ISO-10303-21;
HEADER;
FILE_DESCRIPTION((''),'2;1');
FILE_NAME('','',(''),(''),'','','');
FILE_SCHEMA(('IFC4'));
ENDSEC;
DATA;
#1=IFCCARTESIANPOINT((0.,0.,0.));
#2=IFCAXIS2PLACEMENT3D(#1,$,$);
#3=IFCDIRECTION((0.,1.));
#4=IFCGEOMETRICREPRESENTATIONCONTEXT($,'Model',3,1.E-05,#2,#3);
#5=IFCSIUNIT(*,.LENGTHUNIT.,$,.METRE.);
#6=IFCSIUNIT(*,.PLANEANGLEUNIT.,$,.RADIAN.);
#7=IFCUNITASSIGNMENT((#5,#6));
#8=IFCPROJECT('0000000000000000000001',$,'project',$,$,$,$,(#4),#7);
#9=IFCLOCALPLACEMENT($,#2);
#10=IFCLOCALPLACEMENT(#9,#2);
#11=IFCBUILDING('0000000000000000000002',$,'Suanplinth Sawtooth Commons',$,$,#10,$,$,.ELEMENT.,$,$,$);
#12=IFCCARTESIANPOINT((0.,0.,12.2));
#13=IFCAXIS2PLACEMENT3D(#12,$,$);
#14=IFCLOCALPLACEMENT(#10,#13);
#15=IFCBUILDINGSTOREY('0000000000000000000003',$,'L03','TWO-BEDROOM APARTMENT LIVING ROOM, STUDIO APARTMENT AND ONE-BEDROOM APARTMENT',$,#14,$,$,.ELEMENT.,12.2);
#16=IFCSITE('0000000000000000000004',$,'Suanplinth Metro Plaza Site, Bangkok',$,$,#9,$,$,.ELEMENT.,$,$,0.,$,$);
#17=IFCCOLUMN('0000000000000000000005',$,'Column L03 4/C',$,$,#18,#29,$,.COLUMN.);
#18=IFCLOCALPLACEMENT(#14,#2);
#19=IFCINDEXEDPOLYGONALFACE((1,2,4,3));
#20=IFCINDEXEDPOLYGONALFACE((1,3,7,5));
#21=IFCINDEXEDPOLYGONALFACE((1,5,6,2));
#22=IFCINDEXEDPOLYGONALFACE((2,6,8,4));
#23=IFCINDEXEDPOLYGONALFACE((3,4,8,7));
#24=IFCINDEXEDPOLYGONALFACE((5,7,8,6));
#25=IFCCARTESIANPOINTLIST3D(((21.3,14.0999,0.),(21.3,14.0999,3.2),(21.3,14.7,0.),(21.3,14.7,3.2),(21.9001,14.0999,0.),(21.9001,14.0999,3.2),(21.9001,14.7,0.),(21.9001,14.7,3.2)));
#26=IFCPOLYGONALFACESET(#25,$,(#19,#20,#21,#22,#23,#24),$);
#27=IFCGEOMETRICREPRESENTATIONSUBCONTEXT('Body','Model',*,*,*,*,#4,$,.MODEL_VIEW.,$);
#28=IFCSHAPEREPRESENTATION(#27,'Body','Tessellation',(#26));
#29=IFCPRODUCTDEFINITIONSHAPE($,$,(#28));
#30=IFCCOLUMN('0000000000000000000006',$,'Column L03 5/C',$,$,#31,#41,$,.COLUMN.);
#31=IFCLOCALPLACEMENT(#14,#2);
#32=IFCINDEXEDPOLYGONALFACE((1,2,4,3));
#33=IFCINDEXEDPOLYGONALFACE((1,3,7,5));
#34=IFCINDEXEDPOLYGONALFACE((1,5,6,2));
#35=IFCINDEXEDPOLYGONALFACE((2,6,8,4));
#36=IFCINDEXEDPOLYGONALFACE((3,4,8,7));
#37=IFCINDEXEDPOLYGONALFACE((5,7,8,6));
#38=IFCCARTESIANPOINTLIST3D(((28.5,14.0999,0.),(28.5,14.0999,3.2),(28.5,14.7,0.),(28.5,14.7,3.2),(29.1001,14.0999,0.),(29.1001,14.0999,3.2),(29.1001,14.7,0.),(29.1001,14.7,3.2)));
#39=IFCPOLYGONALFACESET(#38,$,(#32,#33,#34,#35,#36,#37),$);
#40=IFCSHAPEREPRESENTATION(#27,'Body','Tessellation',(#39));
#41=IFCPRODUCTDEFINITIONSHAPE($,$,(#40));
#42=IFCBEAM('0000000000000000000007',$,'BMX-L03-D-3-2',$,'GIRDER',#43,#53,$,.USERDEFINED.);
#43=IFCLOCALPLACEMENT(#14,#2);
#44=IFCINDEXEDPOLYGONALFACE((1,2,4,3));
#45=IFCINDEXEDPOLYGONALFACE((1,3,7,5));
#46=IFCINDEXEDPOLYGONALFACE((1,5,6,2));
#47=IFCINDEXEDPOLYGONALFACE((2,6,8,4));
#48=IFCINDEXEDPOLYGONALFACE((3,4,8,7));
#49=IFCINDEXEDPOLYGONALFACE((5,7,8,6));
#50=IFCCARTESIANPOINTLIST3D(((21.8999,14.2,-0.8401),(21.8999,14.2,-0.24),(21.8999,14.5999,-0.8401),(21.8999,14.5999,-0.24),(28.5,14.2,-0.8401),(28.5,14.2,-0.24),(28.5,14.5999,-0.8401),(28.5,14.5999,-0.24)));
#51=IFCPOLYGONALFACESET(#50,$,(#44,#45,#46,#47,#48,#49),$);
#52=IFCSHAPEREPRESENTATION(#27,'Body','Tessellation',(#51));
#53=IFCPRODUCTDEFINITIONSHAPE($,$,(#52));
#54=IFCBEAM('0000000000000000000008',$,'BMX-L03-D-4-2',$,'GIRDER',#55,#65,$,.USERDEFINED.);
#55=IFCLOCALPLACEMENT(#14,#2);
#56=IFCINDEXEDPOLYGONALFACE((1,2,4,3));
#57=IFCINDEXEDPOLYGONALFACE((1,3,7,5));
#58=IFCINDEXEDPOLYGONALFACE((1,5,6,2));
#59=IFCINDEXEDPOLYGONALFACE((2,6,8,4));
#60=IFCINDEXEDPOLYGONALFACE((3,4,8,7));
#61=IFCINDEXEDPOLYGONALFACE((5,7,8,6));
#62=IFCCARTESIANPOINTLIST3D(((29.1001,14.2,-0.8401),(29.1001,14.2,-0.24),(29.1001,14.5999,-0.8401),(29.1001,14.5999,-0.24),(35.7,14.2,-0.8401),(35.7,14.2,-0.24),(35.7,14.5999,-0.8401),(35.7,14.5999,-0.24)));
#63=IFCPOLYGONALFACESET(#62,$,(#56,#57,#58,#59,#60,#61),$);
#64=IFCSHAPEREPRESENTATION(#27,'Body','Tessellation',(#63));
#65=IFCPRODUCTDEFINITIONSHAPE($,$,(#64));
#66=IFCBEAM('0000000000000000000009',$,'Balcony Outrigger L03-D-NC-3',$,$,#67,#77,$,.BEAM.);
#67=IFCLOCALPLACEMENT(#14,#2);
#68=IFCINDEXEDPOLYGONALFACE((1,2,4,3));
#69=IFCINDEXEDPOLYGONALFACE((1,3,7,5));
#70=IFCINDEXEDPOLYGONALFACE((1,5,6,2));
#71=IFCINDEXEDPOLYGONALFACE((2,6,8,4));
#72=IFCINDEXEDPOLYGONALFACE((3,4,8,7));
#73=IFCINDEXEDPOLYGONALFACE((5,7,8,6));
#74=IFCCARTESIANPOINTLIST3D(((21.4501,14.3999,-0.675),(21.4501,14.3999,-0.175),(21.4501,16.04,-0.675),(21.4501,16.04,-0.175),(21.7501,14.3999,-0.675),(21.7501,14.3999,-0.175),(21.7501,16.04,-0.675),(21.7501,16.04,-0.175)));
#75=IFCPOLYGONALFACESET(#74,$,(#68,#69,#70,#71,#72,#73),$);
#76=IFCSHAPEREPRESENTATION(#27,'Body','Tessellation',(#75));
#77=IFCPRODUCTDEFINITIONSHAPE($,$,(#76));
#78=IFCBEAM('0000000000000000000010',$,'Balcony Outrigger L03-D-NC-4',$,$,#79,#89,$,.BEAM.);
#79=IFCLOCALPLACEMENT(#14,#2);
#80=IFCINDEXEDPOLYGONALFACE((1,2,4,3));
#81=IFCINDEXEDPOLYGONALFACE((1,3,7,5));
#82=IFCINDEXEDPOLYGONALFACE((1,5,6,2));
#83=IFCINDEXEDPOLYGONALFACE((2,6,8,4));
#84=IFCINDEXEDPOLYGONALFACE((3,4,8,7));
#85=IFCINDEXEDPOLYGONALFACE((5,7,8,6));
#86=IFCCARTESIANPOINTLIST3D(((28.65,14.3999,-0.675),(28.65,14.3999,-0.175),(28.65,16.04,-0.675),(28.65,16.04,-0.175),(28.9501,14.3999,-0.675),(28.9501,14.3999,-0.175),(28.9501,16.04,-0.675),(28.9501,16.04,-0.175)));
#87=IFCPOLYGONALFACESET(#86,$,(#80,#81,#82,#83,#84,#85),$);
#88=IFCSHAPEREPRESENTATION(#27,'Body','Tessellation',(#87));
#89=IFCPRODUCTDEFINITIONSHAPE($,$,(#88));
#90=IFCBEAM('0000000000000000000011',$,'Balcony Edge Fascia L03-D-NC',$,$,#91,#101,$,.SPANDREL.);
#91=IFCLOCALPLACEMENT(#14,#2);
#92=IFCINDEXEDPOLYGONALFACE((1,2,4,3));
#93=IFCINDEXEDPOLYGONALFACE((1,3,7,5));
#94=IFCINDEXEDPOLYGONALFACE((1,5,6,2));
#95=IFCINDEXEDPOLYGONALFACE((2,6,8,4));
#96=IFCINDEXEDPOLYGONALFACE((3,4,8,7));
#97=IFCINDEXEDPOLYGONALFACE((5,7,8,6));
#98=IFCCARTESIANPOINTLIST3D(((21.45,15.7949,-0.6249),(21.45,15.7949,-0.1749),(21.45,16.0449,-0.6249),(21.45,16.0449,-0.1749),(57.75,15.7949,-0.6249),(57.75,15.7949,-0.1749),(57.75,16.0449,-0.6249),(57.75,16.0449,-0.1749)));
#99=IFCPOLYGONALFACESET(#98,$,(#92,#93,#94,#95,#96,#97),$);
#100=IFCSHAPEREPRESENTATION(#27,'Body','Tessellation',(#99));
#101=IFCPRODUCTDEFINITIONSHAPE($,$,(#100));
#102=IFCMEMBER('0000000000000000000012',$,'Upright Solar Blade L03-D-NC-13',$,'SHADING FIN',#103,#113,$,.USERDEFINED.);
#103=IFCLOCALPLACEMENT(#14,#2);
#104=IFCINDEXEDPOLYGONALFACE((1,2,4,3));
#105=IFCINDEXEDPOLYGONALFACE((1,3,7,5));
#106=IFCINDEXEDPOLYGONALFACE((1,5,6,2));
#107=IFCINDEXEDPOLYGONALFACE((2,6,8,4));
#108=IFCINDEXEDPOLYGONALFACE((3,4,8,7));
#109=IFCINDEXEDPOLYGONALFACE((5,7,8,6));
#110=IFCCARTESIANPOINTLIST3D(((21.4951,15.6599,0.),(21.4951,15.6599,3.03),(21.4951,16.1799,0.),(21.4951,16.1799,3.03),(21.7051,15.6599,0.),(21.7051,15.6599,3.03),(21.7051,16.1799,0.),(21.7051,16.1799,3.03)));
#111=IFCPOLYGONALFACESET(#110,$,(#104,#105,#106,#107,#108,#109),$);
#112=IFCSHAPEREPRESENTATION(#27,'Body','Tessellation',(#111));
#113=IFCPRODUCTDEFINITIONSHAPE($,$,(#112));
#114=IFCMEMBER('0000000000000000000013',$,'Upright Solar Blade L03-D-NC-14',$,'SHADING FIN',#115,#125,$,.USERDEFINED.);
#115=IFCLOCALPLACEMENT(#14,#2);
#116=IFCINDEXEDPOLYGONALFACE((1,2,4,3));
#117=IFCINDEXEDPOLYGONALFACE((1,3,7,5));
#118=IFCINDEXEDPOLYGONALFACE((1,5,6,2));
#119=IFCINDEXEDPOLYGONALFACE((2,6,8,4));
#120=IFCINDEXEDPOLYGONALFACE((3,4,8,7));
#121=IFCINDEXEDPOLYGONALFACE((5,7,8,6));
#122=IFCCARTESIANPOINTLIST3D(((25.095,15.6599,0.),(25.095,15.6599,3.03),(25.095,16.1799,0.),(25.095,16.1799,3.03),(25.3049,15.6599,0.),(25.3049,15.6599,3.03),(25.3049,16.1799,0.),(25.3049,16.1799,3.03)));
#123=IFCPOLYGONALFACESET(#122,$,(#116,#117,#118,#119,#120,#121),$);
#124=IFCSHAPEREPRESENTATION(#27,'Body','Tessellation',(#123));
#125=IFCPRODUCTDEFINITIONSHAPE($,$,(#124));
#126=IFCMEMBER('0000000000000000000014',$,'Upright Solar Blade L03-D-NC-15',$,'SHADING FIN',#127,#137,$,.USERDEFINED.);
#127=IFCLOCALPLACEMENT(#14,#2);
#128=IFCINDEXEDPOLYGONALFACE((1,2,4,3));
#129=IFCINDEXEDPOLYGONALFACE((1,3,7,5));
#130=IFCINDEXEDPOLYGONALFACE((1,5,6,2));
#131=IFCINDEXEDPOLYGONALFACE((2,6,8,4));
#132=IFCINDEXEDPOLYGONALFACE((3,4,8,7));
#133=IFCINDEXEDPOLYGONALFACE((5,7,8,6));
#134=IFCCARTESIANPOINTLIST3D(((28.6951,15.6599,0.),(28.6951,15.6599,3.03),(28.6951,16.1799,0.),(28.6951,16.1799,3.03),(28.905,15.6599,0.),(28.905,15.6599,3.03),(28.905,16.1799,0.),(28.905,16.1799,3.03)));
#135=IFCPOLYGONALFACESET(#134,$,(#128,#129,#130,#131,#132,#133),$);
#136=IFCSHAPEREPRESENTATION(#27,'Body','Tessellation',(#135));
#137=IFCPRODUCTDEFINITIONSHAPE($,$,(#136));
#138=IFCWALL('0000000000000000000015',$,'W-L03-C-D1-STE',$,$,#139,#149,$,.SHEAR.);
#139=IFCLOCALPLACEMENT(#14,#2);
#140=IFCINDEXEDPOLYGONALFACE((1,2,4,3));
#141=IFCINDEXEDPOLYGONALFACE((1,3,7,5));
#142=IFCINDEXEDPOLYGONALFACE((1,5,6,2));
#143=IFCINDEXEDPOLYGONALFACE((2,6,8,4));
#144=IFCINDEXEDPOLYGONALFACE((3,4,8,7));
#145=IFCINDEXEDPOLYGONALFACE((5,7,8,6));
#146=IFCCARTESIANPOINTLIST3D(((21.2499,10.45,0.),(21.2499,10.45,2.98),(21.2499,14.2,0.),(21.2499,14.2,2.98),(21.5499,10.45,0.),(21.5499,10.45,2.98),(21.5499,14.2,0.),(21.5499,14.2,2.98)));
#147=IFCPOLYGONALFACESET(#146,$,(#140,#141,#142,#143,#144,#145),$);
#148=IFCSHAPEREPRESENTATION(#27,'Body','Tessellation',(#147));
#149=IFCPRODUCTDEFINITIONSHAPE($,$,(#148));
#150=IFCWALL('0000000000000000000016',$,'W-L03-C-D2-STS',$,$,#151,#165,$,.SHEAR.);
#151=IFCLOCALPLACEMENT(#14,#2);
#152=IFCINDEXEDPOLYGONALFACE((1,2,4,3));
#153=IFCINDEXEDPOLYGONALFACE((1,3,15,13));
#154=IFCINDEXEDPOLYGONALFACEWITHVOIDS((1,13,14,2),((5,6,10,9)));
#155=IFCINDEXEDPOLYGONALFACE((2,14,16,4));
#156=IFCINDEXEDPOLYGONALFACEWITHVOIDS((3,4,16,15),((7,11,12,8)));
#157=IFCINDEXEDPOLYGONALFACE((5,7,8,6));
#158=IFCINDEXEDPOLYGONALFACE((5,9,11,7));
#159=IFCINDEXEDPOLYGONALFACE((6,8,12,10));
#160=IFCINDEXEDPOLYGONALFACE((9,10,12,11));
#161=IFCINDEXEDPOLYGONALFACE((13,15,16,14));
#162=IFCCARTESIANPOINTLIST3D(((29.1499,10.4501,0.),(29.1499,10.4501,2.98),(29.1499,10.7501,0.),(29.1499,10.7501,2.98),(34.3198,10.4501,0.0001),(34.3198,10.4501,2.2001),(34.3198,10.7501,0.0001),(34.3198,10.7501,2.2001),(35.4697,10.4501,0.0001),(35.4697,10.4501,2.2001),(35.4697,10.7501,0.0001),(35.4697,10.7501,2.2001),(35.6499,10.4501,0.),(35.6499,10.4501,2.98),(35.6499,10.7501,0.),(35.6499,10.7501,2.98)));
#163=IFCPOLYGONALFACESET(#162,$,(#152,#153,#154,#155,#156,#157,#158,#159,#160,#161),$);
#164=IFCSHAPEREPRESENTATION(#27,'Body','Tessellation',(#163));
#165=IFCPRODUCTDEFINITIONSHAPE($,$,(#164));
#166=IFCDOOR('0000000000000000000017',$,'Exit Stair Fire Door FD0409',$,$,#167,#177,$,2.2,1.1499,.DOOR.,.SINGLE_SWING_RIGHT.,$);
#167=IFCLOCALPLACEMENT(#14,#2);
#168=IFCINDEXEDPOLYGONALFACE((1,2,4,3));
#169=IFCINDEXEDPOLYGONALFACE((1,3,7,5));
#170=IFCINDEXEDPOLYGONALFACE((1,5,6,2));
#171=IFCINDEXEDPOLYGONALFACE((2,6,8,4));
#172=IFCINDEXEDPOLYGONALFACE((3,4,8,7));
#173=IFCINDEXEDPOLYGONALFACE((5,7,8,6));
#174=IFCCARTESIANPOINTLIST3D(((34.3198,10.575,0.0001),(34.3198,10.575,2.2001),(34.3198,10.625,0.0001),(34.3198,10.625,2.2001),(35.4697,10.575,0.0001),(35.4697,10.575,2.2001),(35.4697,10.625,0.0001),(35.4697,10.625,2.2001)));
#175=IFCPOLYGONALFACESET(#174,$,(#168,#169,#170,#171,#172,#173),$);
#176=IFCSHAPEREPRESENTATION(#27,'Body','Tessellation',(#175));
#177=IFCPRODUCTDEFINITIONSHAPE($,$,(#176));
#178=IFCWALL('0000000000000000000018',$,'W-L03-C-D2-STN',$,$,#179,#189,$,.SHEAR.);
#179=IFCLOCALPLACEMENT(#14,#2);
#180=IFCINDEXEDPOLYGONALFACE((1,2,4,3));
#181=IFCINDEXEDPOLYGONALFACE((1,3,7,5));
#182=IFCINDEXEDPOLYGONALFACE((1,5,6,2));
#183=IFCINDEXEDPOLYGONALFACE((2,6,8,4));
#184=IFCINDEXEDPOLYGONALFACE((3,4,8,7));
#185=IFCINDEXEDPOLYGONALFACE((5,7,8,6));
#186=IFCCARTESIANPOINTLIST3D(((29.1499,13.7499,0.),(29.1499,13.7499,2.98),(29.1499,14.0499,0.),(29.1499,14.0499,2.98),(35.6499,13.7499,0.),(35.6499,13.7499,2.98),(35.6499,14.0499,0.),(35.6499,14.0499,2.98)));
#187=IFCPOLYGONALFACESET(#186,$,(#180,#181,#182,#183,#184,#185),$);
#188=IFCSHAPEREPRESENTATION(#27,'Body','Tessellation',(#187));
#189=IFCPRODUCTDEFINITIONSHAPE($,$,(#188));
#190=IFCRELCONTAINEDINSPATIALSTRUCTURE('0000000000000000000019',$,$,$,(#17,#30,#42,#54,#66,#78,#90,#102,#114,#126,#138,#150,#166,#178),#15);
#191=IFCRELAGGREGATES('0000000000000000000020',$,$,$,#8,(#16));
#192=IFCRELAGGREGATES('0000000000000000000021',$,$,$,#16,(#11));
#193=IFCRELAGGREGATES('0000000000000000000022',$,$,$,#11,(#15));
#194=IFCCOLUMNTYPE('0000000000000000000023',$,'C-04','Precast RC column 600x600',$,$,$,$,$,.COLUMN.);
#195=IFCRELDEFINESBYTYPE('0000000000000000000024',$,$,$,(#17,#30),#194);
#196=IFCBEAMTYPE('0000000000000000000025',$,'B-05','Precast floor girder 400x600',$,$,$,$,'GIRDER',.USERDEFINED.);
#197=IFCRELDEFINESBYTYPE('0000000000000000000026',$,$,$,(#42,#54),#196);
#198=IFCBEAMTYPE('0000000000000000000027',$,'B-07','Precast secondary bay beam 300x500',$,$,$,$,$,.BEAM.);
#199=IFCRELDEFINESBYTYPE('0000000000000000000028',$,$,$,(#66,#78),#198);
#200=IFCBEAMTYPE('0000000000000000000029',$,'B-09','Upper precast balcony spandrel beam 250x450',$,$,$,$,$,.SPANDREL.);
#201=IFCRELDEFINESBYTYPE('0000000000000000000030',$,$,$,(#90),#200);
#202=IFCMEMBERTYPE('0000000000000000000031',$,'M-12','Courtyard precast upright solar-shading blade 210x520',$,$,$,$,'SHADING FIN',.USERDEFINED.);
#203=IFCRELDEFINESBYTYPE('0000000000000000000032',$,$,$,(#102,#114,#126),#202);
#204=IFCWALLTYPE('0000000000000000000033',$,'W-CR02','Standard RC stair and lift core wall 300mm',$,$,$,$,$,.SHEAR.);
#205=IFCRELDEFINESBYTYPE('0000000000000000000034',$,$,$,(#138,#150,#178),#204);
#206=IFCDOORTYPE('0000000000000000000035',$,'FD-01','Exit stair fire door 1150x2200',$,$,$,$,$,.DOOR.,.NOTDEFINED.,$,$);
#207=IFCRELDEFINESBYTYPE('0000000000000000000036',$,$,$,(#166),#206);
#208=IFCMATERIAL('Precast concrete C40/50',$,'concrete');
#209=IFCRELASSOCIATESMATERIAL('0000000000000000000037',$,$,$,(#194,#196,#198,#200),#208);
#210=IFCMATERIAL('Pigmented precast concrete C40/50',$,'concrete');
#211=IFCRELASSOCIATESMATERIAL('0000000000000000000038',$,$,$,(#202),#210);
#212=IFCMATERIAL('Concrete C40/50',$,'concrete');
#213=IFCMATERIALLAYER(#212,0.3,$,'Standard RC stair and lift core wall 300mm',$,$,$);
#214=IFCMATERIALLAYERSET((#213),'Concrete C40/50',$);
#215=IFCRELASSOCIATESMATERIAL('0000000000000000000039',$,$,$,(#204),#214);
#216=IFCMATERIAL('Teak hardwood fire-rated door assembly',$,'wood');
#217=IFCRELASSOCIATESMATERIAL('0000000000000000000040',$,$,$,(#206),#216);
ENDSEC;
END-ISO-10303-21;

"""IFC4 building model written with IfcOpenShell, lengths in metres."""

from ifc_helpers import new_model, si_unit, direction, frame, frame_2d, origin, origin_2d, place, context, subcontext, project, spatial, rectangle, extrude, material, layer, layer_set, material_profile, profile_set, type_object, element, fill, save


model = new_model("IFC4")

# Units and contexts
model_context = context("Model", 3, precision=1e-05, world=origin(), true_north=direction((0.0, 1.0)))
body_context = subcontext(model_context, "Body", "Model", "MODEL_VIEW")
ifc_project = project(units=[si_unit("LENGTHUNIT", "METRE"), si_unit("PLANEANGLEUNIT", "RADIAN")], contexts=[model_context])

# Site, building, storey
site_placement = place(None, origin())
site = spatial("IfcSite", under=ifc_project, at=site_placement, Name="Suanplinth Metro Plaza Site, Bangkok", CompositionType="ELEMENT", RefElevation=0.0)
building_placement = place(site_placement, origin())
building = spatial("IfcBuilding", under=site, at=building_placement, Name="Suanplinth Sawtooth Commons", CompositionType="ELEMENT")
storey_placement = place(building_placement, frame((0.0, 0.0, 12.2)))
storey = spatial("IfcBuildingStorey", under=building, at=storey_placement, Name="L03", Description="TWO-BEDROOM APARTMENT LIVING ROOM, STUDIO APARTMENT AND ONE-BEDROOM APARTMENT", CompositionType="ELEMENT", Elevation=12.2)

# Columns
ifc_material_1 = material(Name="Precast concrete C40/50", Category="concrete")
ifc_material_profile_1 = material_profile(ifc_material_1, rectangle(XDim=0.6001, YDim=0.6001, at=origin_2d()), Name="PC-COL 600x600")
ifc_profile_set_1 = profile_set([ifc_material_profile_1], Name="Precast concrete C40/50")
column_type = type_object("IfcColumnType", Name="C-04", Description="Precast RC column 600x600", PredefinedType="COLUMN", material=ifc_profile_set_1)
for number, where, z_axis, x_axis, name in (
    (1, (21.6001, 14.3999, 0.0), (0.0, 0.0, 1.0), (1.0, 0.0, 0.0), "Column L03 4/C"),
    (2, (28.8, 14.3999, 0.0), (0.0, 0.0, 1.0), (1.0, 0.0, 0.0), "Column L03 5/C"),
):
    element("IfcColumn", number, at=place(storey_placement, frame(where, z_axis=z_axis, x_axis=x_axis)), inside=storey, type_object=column_type, Name=name, PredefinedType="COLUMN", context=body_context, shape_type="SweptSolid", body=[
        extrude(rectangle(XDim=0.6001, YDim=0.6001, at=origin_2d()), origin(), (0.0, 0.0, 1.0), 3.2),
    ])

# Beams
ifc_material_profile_2 = material_profile(ifc_material_1, rectangle(XDim=0.3999, YDim=0.6001, at=origin_2d()), Name="PC-GDR 400x600")
ifc_profile_set_2 = profile_set([ifc_material_profile_2], Name="Precast concrete C40/50")
beam_type_1 = type_object("IfcBeamType", Name="B-05", Description="Precast floor girder 400x600", ElementType="GIRDER", PredefinedType="USERDEFINED", material=ifc_profile_set_2)
beam_1_placement = place(storey_placement, frame((21.8999, 14.3999, -0.54), z_axis=(1.0, 0.0, 0.0), x_axis=(0.0, 1.0, 0.0)))
element("IfcBeam", 3, at=beam_1_placement, inside=storey, type_object=beam_type_1, Name="BMX-L03-D-3-2", ObjectType="GIRDER", PredefinedType="USERDEFINED", context=body_context, shape_type="SweptSolid", body=[
    extrude(rectangle(XDim=0.3999, YDim=0.6001, at=origin_2d()), origin(), (0.0, 0.0, 1.0), 6.6001),
])
beam_2_placement = place(storey_placement, frame((29.1001, 14.3999, -0.54), z_axis=(1.0, 0.0, 0.0), x_axis=(0.0, 1.0, 0.0)))
element("IfcBeam", 4, at=beam_2_placement, inside=storey, type_object=beam_type_1, Name="BMX-L03-D-4-2", ObjectType="GIRDER", PredefinedType="USERDEFINED", context=body_context, shape_type="SweptSolid", body=[
    extrude(rectangle(XDim=0.3999, YDim=0.6001, at=origin_2d()), origin(), (0.0, 0.0, 1.0), 6.5999),
])
ifc_material_profile_3 = material_profile(ifc_material_1, rectangle(XDim=0.3, YDim=0.5, at=origin_2d()), Name="PC-BM 300x500")
ifc_profile_set_3 = profile_set([ifc_material_profile_3], Name="Precast concrete C40/50")
beam_type_2 = type_object("IfcBeamType", Name="B-07", Description="Precast secondary bay beam 300x500", PredefinedType="BEAM", material=ifc_profile_set_3)
for number, where, z_axis, x_axis, name in (
    (5, (21.6001, 14.3999, -0.425), (0.0, 1.0, 0.0), (-1.0, 0.0, 0.0), "Balcony Outrigger L03-D-NC-3"),
    (6, (28.8, 14.3999, -0.425), (0.0, 1.0, 0.0), (-1.0, 0.0, 0.0), "Balcony Outrigger L03-D-NC-4"),
):
    element("IfcBeam", number, at=place(storey_placement, frame(where, z_axis=z_axis, x_axis=x_axis)), inside=storey, type_object=beam_type_2, Name=name, PredefinedType="BEAM", context=body_context, shape_type="SweptSolid", body=[
        extrude(rectangle(XDim=0.3, YDim=0.5, at=origin_2d()), origin(), (0.0, 0.0, 1.0), 1.6401),
    ])
ifc_material_profile_4 = material_profile(ifc_material_1, rectangle(XDim=0.25, YDim=0.45, at=origin_2d()), Name="PC-SP 250x450")
ifc_profile_set_4 = profile_set([ifc_material_profile_4], Name="Precast concrete C40/50")
beam_type_3 = type_object("IfcBeamType", Name="B-09", Description="Upper precast balcony spandrel beam 250x450", PredefinedType="SPANDREL", material=ifc_profile_set_4)
beam_3_placement = place(storey_placement, frame((21.45, 15.9199, -0.3999), z_axis=(1.0, 0.0, 0.0), x_axis=(0.0, 1.0, 0.0)))
element("IfcBeam", 7, at=beam_3_placement, inside=storey, type_object=beam_type_3, Name="Balcony Edge Fascia L03-D-NC", PredefinedType="SPANDREL", context=body_context, shape_type="SweptSolid", body=[
    extrude(rectangle(XDim=0.25, YDim=0.45, at=origin_2d()), origin(), (0.0, 0.0, 1.0), 36.3),
])

# Members
ifc_material_2 = material(Name="Pigmented precast concrete C40/50", Category="concrete")
ifc_material_profile_5 = material_profile(ifc_material_2, rectangle(XDim=0.21, YDim=0.52, at=origin_2d()), Name="PC-FIN 210x520")
ifc_profile_set_5 = profile_set([ifc_material_profile_5], Name="Pigmented precast concrete C40/50")
member_type = type_object("IfcMemberType", Name="M-12", Description="Courtyard precast upright solar-shading blade 210x520", ElementType="SHADING FIN", PredefinedType="USERDEFINED", material=ifc_profile_set_5)
for number, where, z_axis, x_axis, name in (
    (8, (21.6001, 15.9199, 0.0), (0.0, 0.0, 1.0), (1.0, 0.0, 0.0), "Upright Solar Blade L03-D-NC-13"),
    (9, (25.2, 15.9199, 0.0), (0.0, 0.0, 1.0), (1.0, 0.0, 0.0), "Upright Solar Blade L03-D-NC-14"),
    (10, (28.8, 15.9199, 0.0), (0.0, 0.0, 1.0), (1.0, 0.0, 0.0), "Upright Solar Blade L03-D-NC-15"),
):
    element("IfcMember", number, at=place(storey_placement, frame(where, z_axis=z_axis, x_axis=x_axis)), inside=storey, type_object=member_type, Name=name, ObjectType="SHADING FIN", PredefinedType="USERDEFINED", context=body_context, shape_type="SweptSolid", body=[
        extrude(rectangle(XDim=0.21, YDim=0.52, at=origin_2d()), origin(), (0.0, 0.0, 1.0), 3.03),
    ])

# Wall
ifc_material_3 = material(Name="Concrete C40/50", Category="concrete")
ifc_layer_1 = layer(ifc_material_3, 0.3, Name="Standard RC stair and lift core wall 300mm")
ifc_layer_set_1 = layer_set([ifc_layer_1], Name="Concrete C40/50")
wall_type_1 = type_object("IfcWallType", Name="W-CR02", Description="Standard RC stair and lift core wall 300mm", PredefinedType="SHEAR", material=ifc_layer_set_1)
wall_1_placement = place(storey_placement, frame((21.3999, 10.45, 0.0), z_axis=(0.0, 0.0, 1.0), x_axis=(0.0, 1.0, 0.0)))
element("IfcWall", 11, at=wall_1_placement, inside=storey, type_object=wall_type_1, Name="W-L03-C-D1-STE", PredefinedType="SHEAR", context=body_context, shape_type="SweptSolid", body=[
    extrude(rectangle(XDim=3.75, YDim=0.3, at=frame_2d((1.875, 0.0))), origin(), (0.0, 0.0, 1.0), 2.98),
])

# Wall, opening, door
wall_2_placement = place(storey_placement, frame((29.1499, 10.6001, 0.0), z_axis=(0.0, 0.0, 1.0), x_axis=(1.0, 0.0, 0.0)))
wall_2 = element("IfcWall", 12, at=wall_2_placement, inside=storey, type_object=wall_type_1, Name="W-L03-C-D2-STS", PredefinedType="SHEAR", context=body_context, shape_type="SweptSolid", body=[
    extrude(rectangle(XDim=6.5, YDim=0.3, at=frame_2d((3.25, 0.0))), origin(), (0.0, 0.0, 1.0), 2.98),
])
opening_1_placement = place(wall_2_placement, frame((5.1699, 0.0, 0.0)))
opening_1 = element("IfcOpeningElement", 13, at=opening_1_placement, cuts=wall_2, PredefinedType="OPENING", context=body_context, shape_type="SweptSolid", body=[
    extrude(rectangle(XDim=1.1499, YDim=2.2, at=frame_2d((0.575, 1.1001))), frame((0.0, 0.165, 0.0), z_axis=(0.0, -1.0, 0.0), x_axis=(1.0, 0.0, 0.0)), (0.0, 0.0, 1.0), 0.3298),
])
ifc_material_4 = material(Name="Teak hardwood fire-rated door assembly", Category="wood")
door_type_1 = type_object("IfcDoorType", Name="FD-01", Description="Exit stair fire door 1150x2200", OperationType="NOTDEFINED", PredefinedType="DOOR", material=ifc_material_4)
door_1_placement = place(opening_1_placement, origin())
door_1 = element("IfcDoor", 14, at=door_1_placement, inside=storey, type_object=door_type_1, Name="Exit Stair Fire Door FD0409", OperationType="SINGLE_SWING_RIGHT", OverallHeight=2.2, OverallWidth=1.1499, PredefinedType="DOOR", context=body_context, shape_type="SweptSolid", body=[
    extrude(rectangle(XDim=1.1499, YDim=2.2, at=frame_2d((0.575, 1.1001))), frame((0.0, 0.0249, 0.0), z_axis=(0.0, -1.0, 0.0), x_axis=(1.0, 0.0, 0.0)), (0.0, 0.0, 1.0), 0.05),
])
fill(opening_1, door_1)

# Wall
wall_3_placement = place(storey_placement, frame((29.1499, 13.8999, 0.0), z_axis=(0.0, 0.0, 1.0), x_axis=(1.0, 0.0, 0.0)))
element("IfcWall", 15, at=wall_3_placement, inside=storey, type_object=wall_type_1, Name="W-L03-C-D2-STN", PredefinedType="SHEAR", context=body_context, shape_type="SweptSolid", body=[
    extrude(rectangle(XDim=6.5, YDim=0.3, at=frame_2d((3.25, 0.0))), origin(), (0.0, 0.0, 1.0), 2.98),
])

save(model, "model.ifc")
